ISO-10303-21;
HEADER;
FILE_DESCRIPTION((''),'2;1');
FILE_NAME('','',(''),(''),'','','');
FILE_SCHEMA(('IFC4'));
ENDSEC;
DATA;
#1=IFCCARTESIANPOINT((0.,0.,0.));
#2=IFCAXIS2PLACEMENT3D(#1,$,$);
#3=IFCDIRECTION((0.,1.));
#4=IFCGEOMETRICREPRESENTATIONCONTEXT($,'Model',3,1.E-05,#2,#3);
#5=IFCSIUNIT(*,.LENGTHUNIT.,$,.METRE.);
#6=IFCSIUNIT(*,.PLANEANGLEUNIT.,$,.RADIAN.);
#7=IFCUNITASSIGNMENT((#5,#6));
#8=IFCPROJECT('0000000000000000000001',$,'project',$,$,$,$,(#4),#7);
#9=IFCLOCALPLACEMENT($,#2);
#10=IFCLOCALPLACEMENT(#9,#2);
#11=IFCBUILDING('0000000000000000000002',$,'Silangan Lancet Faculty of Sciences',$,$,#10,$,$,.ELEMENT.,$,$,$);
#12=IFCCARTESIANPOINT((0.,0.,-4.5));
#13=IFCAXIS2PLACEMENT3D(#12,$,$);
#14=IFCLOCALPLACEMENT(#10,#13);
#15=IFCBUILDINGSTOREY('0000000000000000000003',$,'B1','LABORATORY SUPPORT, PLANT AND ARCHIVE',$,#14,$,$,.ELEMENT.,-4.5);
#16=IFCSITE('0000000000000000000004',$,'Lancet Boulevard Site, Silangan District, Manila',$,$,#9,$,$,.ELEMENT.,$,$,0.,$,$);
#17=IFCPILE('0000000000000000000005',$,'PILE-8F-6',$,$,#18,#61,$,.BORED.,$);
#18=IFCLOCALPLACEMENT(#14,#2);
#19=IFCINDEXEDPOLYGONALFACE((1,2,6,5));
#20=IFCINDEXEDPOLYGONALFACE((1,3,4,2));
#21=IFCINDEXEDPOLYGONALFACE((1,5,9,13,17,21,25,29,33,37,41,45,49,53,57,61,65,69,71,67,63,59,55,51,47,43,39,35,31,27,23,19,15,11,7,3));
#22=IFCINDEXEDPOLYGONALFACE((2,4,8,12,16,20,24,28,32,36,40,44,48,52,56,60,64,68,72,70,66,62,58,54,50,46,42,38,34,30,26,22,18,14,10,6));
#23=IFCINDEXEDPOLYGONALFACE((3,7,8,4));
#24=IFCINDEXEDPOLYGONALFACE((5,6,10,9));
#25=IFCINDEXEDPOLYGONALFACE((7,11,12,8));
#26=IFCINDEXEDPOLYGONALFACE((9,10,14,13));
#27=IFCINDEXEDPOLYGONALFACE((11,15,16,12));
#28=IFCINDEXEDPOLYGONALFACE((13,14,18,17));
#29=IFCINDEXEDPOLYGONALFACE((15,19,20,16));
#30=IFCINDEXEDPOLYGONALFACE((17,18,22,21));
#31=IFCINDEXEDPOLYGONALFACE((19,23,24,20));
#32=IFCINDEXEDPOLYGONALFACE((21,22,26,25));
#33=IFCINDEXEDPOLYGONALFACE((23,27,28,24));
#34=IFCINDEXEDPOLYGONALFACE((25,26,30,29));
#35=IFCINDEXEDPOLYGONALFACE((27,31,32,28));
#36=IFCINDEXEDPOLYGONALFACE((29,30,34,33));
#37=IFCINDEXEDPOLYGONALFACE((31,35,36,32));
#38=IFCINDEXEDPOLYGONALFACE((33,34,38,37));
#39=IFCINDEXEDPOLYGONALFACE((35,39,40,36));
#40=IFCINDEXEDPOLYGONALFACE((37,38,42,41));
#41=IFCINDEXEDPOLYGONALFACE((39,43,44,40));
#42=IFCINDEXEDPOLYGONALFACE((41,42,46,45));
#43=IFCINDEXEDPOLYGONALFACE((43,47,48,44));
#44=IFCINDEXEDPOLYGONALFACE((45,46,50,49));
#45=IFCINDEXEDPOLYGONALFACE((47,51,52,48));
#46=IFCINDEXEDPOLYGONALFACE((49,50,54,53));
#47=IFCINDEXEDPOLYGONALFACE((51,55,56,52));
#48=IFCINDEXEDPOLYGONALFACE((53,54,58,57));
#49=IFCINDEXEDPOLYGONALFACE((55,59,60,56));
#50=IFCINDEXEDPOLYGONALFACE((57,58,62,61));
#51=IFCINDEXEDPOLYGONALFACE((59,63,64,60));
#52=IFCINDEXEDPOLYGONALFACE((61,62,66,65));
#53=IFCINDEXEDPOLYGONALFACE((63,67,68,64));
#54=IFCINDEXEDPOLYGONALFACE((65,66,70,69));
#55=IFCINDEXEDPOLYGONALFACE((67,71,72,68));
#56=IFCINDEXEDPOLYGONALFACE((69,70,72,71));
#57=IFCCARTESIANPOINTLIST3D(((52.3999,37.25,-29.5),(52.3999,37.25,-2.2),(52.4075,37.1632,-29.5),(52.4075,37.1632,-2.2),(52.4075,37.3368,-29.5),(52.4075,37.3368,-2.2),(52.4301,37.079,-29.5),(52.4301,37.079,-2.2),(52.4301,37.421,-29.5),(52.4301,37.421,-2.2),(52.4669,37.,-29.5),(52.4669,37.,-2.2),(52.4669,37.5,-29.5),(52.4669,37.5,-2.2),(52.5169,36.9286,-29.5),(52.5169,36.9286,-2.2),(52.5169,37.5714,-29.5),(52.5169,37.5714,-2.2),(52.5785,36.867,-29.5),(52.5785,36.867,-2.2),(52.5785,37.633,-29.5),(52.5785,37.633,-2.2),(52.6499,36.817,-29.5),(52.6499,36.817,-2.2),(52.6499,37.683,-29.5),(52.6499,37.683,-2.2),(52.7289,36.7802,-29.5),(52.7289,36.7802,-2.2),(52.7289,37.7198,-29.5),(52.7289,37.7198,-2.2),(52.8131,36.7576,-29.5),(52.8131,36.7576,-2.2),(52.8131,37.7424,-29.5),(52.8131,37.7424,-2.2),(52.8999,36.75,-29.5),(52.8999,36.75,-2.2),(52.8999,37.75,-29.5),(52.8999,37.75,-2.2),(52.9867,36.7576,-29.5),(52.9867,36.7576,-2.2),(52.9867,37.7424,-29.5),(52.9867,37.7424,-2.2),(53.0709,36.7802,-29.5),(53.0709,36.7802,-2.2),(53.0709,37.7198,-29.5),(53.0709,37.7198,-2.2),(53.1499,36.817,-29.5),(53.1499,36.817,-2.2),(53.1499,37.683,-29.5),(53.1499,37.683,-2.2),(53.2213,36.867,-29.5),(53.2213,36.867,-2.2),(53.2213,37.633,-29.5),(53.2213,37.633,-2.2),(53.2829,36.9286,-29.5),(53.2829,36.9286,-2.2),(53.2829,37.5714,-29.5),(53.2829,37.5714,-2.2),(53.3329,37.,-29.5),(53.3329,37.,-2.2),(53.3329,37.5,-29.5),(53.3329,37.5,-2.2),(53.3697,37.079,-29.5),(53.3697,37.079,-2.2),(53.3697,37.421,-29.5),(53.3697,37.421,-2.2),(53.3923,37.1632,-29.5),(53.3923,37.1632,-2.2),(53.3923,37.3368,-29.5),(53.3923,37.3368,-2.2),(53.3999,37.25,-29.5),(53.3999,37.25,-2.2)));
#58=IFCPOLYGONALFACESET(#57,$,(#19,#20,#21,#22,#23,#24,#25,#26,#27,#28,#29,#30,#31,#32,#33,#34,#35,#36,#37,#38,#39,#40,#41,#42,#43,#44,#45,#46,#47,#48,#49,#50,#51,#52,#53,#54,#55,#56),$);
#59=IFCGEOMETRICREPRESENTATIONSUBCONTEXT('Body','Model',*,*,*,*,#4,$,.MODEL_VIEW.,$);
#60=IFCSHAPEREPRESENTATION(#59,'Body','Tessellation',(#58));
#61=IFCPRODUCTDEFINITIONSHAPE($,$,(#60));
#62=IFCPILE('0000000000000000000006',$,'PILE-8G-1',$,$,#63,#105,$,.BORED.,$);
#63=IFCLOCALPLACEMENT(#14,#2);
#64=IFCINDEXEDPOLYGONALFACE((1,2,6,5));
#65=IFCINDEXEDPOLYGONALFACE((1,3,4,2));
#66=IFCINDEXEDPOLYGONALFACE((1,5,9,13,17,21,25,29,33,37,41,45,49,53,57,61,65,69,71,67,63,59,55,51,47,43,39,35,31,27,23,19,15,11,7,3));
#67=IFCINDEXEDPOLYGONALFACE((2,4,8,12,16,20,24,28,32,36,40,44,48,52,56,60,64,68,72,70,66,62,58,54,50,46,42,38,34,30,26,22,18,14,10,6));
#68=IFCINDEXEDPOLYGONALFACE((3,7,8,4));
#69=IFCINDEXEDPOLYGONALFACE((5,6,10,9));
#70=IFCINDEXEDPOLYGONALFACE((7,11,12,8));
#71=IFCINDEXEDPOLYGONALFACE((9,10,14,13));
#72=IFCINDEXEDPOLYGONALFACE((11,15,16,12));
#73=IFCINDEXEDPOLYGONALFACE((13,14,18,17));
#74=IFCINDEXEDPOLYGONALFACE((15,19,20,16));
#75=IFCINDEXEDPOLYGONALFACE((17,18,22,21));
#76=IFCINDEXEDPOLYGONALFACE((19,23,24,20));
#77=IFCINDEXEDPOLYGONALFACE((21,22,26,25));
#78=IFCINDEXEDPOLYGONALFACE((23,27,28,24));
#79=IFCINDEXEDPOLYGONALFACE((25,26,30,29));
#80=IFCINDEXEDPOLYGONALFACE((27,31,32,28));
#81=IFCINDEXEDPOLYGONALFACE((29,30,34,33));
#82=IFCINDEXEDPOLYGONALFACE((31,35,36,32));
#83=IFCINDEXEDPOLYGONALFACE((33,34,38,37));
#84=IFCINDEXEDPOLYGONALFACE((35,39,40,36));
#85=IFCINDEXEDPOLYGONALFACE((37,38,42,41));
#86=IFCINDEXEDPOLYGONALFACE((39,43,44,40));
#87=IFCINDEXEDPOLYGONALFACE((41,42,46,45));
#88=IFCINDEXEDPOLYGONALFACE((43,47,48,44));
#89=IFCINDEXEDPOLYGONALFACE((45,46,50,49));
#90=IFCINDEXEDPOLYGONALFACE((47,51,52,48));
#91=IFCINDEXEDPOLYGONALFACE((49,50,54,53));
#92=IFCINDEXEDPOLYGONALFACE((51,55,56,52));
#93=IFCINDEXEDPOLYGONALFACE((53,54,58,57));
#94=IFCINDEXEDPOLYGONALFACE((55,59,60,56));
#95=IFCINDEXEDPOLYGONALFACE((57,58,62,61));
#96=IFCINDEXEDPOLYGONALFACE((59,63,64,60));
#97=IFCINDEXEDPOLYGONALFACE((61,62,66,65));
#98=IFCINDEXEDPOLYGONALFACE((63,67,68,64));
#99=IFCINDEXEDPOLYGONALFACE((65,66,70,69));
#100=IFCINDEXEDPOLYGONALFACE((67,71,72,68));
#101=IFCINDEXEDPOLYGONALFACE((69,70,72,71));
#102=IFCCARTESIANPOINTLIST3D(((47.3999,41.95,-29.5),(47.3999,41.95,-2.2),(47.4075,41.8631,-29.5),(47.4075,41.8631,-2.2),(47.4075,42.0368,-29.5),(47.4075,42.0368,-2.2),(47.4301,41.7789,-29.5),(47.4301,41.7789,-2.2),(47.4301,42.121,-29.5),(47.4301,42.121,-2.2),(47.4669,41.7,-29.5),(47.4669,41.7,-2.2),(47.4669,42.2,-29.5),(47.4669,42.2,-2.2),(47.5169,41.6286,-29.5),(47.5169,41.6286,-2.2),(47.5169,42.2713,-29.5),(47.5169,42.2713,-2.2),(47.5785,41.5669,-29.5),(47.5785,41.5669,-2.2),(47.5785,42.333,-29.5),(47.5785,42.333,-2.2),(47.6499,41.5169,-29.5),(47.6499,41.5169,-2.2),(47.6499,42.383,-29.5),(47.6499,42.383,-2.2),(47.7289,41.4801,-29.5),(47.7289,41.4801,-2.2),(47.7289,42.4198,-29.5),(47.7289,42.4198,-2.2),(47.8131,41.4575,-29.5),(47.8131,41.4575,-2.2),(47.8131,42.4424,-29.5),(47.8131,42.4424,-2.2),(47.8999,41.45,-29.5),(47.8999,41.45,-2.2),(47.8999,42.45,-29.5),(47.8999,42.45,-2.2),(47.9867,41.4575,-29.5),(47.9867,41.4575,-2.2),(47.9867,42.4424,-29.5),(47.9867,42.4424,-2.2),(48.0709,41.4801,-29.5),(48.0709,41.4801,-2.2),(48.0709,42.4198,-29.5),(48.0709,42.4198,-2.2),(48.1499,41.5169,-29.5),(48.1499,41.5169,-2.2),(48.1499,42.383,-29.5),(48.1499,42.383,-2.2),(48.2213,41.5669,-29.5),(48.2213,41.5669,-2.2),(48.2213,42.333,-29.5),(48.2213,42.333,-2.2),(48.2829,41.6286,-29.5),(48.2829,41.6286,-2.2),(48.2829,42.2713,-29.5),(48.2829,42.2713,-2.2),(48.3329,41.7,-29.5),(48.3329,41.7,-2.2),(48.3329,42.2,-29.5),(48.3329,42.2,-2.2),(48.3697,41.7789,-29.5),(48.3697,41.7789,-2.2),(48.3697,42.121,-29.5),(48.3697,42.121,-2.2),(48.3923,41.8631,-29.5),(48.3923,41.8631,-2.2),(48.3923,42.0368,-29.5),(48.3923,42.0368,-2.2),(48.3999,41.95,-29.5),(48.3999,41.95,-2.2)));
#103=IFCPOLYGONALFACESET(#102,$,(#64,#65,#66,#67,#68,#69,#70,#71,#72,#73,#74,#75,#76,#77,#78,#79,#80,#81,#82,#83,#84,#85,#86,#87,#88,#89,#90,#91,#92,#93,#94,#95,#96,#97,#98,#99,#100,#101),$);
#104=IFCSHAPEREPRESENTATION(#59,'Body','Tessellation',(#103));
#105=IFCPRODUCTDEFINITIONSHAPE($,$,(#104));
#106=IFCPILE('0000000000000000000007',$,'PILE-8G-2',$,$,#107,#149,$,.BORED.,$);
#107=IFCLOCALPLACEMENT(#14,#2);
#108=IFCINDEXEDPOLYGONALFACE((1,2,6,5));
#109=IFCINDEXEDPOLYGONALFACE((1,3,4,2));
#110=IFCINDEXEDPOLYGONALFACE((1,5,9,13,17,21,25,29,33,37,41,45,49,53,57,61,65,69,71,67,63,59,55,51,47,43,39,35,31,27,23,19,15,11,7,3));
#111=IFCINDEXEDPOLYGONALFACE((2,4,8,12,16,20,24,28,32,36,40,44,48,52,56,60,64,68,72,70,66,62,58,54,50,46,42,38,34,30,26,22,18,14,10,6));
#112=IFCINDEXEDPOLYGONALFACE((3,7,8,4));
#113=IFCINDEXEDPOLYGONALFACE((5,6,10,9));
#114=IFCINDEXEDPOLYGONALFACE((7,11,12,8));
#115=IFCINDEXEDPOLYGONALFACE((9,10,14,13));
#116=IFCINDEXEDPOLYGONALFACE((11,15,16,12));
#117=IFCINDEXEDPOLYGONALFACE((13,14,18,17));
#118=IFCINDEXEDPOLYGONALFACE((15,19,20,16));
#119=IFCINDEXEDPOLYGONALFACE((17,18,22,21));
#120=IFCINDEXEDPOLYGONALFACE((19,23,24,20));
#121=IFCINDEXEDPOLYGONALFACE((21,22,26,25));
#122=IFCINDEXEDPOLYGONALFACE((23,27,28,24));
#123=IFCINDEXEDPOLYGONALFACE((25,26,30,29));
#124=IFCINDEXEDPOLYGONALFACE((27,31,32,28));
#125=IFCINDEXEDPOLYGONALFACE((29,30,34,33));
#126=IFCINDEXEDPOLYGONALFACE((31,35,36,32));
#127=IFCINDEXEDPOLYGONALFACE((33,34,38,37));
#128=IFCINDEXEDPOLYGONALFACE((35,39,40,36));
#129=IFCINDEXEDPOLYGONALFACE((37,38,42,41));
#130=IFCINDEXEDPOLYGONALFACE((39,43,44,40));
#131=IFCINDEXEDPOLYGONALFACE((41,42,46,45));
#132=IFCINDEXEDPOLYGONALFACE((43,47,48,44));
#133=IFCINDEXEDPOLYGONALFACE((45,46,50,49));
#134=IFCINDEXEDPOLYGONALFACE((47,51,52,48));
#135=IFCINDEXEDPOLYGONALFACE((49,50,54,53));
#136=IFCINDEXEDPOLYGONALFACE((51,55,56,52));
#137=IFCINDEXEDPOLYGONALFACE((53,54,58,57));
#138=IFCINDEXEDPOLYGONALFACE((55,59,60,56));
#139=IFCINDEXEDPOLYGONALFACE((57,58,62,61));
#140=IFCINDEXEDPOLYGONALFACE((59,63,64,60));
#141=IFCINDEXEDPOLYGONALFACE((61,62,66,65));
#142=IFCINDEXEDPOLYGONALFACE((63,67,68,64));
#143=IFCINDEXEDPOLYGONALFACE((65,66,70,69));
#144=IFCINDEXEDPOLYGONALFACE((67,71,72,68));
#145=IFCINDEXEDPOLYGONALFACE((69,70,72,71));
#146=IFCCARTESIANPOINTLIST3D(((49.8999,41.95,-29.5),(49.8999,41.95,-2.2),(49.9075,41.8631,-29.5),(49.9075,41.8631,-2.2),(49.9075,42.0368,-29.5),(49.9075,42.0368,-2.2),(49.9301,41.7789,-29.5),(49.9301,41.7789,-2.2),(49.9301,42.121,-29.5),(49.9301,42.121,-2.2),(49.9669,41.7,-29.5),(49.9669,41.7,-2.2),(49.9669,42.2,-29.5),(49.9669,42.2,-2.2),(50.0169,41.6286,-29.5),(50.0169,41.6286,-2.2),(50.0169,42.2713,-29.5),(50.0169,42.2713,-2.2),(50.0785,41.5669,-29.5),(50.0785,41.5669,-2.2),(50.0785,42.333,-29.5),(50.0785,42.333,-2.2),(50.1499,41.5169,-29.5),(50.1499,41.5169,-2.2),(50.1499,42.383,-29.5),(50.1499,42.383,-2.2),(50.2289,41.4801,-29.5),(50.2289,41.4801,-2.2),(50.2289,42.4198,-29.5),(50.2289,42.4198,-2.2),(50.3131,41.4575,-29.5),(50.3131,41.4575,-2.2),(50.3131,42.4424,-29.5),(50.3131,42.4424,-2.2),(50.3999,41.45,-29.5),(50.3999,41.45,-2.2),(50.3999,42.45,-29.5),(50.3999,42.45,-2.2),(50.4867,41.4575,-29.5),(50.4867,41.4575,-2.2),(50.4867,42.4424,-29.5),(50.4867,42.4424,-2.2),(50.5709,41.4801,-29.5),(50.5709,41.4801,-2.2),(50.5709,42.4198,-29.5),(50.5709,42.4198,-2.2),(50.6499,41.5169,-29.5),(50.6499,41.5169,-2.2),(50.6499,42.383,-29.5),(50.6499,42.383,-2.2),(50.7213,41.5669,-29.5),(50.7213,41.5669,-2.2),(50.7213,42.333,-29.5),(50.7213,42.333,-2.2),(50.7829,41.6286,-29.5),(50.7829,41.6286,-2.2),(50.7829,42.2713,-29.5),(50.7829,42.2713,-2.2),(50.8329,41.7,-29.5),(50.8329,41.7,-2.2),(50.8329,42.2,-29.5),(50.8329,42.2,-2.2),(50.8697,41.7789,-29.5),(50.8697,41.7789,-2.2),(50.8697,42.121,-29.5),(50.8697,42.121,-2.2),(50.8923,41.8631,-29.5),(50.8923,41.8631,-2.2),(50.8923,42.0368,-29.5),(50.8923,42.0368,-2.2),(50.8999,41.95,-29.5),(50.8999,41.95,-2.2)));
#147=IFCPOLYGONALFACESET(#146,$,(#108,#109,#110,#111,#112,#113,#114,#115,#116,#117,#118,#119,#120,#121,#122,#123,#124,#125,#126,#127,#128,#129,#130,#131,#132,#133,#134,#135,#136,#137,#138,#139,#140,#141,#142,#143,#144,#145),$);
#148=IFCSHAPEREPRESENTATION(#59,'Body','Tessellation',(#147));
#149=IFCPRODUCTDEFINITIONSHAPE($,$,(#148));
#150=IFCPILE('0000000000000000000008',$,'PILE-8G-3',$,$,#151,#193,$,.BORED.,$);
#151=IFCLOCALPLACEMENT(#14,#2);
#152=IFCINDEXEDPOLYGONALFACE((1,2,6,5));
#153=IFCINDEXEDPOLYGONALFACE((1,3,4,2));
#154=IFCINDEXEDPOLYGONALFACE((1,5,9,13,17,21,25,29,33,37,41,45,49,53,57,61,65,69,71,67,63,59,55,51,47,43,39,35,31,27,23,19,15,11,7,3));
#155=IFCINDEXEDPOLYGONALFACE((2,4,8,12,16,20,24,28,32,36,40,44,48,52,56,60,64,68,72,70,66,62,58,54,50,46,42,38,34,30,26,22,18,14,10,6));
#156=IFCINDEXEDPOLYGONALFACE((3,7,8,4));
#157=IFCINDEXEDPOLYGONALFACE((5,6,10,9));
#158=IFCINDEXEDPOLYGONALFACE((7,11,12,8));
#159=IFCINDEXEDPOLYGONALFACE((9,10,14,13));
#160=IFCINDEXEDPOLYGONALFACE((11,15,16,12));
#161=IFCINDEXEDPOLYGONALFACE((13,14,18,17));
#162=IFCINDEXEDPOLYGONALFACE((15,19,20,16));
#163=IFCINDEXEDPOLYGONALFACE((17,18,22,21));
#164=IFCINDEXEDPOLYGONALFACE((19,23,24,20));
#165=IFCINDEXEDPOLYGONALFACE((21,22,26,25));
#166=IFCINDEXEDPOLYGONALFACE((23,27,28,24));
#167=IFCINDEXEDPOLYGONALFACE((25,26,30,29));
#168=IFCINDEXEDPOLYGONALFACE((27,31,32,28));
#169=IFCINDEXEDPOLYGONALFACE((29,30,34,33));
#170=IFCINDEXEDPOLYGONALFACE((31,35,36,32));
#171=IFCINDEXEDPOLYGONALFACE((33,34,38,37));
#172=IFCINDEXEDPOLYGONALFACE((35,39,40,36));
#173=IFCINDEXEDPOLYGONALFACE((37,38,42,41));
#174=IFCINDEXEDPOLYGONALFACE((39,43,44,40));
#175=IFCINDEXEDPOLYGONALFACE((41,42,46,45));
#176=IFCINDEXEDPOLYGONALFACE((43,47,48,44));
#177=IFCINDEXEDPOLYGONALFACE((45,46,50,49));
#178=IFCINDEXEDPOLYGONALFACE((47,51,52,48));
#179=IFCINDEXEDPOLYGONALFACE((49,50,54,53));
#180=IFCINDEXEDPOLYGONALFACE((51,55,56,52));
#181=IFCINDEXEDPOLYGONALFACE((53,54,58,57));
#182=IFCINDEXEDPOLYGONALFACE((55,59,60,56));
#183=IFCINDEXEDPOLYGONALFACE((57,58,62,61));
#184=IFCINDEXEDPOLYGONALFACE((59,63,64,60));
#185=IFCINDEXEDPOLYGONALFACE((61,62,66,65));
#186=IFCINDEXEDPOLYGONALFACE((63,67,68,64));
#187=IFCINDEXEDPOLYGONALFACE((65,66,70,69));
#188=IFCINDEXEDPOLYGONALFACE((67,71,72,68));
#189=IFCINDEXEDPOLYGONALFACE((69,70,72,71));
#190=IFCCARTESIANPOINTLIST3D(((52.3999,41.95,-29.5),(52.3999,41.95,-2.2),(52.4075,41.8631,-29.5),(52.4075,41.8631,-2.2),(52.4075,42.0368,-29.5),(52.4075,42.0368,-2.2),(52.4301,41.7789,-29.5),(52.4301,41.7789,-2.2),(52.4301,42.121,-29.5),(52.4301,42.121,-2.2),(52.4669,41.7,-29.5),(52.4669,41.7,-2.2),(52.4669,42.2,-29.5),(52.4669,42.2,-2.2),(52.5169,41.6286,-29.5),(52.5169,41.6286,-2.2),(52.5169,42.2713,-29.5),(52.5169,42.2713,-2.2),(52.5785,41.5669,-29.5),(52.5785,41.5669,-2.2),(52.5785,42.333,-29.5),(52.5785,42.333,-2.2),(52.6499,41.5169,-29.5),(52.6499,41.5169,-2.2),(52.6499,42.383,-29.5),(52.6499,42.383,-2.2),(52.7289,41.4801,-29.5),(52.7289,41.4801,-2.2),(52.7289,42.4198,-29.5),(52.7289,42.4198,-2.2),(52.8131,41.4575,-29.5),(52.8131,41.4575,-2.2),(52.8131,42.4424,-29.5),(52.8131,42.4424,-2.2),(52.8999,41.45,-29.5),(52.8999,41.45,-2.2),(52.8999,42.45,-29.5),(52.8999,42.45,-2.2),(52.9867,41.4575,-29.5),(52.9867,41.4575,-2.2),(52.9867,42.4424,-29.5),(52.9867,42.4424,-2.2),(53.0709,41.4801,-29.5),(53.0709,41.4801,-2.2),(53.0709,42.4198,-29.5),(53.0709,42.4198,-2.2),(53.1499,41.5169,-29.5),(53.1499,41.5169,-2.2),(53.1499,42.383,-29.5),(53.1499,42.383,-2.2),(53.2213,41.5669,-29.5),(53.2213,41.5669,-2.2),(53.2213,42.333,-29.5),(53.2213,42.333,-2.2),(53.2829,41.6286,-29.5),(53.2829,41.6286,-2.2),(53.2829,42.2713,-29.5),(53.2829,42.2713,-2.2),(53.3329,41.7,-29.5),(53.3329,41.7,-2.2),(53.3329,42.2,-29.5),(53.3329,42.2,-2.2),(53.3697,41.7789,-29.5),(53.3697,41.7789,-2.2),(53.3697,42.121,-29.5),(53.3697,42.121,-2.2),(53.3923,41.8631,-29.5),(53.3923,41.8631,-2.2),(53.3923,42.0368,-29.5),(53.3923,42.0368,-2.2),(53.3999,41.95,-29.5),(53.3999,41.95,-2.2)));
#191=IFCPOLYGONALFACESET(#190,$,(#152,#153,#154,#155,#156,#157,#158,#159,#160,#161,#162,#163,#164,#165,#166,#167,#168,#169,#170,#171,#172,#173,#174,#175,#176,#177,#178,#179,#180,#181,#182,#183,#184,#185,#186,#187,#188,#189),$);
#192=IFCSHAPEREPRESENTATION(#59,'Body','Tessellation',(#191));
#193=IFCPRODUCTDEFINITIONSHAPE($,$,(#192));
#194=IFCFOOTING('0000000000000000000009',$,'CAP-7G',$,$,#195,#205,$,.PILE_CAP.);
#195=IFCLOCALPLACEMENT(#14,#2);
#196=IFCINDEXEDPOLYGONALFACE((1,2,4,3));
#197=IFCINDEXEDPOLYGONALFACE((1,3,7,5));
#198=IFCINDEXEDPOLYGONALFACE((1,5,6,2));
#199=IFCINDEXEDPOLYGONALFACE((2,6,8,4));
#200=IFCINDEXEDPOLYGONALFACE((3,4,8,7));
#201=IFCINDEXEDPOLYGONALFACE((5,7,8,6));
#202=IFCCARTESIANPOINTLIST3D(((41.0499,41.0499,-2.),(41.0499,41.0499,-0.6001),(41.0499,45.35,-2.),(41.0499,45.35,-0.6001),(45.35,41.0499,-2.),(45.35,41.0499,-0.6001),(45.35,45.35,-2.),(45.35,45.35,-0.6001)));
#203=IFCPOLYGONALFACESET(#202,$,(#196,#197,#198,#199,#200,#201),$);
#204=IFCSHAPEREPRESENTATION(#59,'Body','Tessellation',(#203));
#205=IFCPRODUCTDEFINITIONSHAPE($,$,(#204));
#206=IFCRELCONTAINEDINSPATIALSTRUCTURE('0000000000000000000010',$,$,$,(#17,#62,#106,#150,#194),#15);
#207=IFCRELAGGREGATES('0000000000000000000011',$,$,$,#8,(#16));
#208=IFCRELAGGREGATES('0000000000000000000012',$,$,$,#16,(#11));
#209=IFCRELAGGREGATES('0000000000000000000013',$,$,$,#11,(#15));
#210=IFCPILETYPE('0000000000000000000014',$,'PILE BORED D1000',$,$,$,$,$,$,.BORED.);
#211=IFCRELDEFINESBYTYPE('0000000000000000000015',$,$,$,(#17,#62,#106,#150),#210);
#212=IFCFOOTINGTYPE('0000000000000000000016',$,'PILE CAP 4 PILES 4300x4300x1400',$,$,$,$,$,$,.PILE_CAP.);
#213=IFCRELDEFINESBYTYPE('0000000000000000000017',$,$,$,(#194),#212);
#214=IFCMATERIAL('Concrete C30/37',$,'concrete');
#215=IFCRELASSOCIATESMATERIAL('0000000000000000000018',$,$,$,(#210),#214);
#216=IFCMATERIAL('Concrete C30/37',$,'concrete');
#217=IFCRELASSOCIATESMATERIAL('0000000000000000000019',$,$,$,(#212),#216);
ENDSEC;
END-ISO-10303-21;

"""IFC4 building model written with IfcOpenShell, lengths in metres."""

from ifc_helpers import new_model, si_unit, direction, frame, origin, origin_2d, place, context, subcontext, project, spatial, rectangle, circle, extrude, material, material_profile, profile_set, type_object, element, save


model = new_model("IFC4")

# Units and contexts
model_context = context("Model", 3, precision=1e-05, world=origin(), true_north=direction((0.0, 1.0)))
body_context = subcontext(model_context, "Body", "Model", "MODEL_VIEW")
ifc_project = project(units=[si_unit("LENGTHUNIT", "METRE"), si_unit("PLANEANGLEUNIT", "RADIAN")], contexts=[model_context])

# Site, building, storey
site_placement = place(None, origin())
site = spatial("IfcSite", under=ifc_project, at=site_placement, Name="Lancet Boulevard Site, Silangan District, Manila", CompositionType="ELEMENT", RefElevation=0.0)
building_placement = place(site_placement, origin())
building = spatial("IfcBuilding", under=site, at=building_placement, Name="Silangan Lancet Faculty of Sciences", CompositionType="ELEMENT")
storey_placement = place(building_placement, frame((0.0, 0.0, -4.5)))
storey = spatial("IfcBuildingStorey", under=building, at=storey_placement, Name="B1", Description="LABORATORY SUPPORT, PLANT AND ARCHIVE", CompositionType="ELEMENT", Elevation=-4.5)

# Piles
ifc_material_1 = material(Name="Concrete C30/37", Category="concrete")
ifc_material_profile_1 = material_profile(ifc_material_1, circle(Radius=0.5, at=origin_2d()), Name="BORED PILE D1000")
ifc_profile_set_1 = profile_set([ifc_material_profile_1], Name="Concrete C30/37")
pile_type = type_object("IfcPileType", Name="PILE BORED D1000", PredefinedType="BORED", material=ifc_profile_set_1)
for number, where, z_axis, x_axis, name in (
    (1, (52.8999, 37.25, -2.2), (0.0, 0.0, -1.0), (1.0, 0.0, 0.0), "PILE-8F-6"),
    (2, (47.8999, 41.95, -2.2), (0.0, 0.0, -1.0), (1.0, 0.0, 0.0), "PILE-8G-1"),
    (3, (50.3999, 41.95, -2.2), (0.0, 0.0, -1.0), (1.0, 0.0, 0.0), "PILE-8G-2"),
    (4, (52.8999, 41.95, -2.2), (0.0, 0.0, -1.0), (1.0, 0.0, 0.0), "PILE-8G-3"),
):
    element("IfcPile", number, at=place(storey_placement, frame(where, z_axis=z_axis, x_axis=x_axis)), inside=storey, type_object=pile_type, Name=name, PredefinedType="BORED", context=body_context, shape_type="SweptSolid", body=[
        extrude(circle(Radius=0.5, at=origin_2d()), origin(), (0.0, 0.0, 1.0), 27.3),
    ])

# Footing
ifc_material_2 = material(Name="Concrete C30/37", Category="concrete")
footing_type_1 = type_object("IfcFootingType", Name="PILE CAP 4 PILES 4300x4300x1400", PredefinedType="PILE_CAP", material=ifc_material_2)
footing_1_placement = place(storey_placement, frame((43.2, 43.2, -2.0), z_axis=(0.0, 0.0, 1.0), x_axis=(1.0, 0.0, 0.0)))
element("IfcFooting", 5, at=footing_1_placement, inside=storey, type_object=footing_type_1, Name="CAP-7G", PredefinedType="PILE_CAP", context=body_context, shape_type="SweptSolid", body=[
    extrude(rectangle(XDim=4.3, YDim=4.3, at=origin_2d()), origin(), (0.0, 0.0, 1.0), 1.3999),
])

save(model, "model.ifc")
